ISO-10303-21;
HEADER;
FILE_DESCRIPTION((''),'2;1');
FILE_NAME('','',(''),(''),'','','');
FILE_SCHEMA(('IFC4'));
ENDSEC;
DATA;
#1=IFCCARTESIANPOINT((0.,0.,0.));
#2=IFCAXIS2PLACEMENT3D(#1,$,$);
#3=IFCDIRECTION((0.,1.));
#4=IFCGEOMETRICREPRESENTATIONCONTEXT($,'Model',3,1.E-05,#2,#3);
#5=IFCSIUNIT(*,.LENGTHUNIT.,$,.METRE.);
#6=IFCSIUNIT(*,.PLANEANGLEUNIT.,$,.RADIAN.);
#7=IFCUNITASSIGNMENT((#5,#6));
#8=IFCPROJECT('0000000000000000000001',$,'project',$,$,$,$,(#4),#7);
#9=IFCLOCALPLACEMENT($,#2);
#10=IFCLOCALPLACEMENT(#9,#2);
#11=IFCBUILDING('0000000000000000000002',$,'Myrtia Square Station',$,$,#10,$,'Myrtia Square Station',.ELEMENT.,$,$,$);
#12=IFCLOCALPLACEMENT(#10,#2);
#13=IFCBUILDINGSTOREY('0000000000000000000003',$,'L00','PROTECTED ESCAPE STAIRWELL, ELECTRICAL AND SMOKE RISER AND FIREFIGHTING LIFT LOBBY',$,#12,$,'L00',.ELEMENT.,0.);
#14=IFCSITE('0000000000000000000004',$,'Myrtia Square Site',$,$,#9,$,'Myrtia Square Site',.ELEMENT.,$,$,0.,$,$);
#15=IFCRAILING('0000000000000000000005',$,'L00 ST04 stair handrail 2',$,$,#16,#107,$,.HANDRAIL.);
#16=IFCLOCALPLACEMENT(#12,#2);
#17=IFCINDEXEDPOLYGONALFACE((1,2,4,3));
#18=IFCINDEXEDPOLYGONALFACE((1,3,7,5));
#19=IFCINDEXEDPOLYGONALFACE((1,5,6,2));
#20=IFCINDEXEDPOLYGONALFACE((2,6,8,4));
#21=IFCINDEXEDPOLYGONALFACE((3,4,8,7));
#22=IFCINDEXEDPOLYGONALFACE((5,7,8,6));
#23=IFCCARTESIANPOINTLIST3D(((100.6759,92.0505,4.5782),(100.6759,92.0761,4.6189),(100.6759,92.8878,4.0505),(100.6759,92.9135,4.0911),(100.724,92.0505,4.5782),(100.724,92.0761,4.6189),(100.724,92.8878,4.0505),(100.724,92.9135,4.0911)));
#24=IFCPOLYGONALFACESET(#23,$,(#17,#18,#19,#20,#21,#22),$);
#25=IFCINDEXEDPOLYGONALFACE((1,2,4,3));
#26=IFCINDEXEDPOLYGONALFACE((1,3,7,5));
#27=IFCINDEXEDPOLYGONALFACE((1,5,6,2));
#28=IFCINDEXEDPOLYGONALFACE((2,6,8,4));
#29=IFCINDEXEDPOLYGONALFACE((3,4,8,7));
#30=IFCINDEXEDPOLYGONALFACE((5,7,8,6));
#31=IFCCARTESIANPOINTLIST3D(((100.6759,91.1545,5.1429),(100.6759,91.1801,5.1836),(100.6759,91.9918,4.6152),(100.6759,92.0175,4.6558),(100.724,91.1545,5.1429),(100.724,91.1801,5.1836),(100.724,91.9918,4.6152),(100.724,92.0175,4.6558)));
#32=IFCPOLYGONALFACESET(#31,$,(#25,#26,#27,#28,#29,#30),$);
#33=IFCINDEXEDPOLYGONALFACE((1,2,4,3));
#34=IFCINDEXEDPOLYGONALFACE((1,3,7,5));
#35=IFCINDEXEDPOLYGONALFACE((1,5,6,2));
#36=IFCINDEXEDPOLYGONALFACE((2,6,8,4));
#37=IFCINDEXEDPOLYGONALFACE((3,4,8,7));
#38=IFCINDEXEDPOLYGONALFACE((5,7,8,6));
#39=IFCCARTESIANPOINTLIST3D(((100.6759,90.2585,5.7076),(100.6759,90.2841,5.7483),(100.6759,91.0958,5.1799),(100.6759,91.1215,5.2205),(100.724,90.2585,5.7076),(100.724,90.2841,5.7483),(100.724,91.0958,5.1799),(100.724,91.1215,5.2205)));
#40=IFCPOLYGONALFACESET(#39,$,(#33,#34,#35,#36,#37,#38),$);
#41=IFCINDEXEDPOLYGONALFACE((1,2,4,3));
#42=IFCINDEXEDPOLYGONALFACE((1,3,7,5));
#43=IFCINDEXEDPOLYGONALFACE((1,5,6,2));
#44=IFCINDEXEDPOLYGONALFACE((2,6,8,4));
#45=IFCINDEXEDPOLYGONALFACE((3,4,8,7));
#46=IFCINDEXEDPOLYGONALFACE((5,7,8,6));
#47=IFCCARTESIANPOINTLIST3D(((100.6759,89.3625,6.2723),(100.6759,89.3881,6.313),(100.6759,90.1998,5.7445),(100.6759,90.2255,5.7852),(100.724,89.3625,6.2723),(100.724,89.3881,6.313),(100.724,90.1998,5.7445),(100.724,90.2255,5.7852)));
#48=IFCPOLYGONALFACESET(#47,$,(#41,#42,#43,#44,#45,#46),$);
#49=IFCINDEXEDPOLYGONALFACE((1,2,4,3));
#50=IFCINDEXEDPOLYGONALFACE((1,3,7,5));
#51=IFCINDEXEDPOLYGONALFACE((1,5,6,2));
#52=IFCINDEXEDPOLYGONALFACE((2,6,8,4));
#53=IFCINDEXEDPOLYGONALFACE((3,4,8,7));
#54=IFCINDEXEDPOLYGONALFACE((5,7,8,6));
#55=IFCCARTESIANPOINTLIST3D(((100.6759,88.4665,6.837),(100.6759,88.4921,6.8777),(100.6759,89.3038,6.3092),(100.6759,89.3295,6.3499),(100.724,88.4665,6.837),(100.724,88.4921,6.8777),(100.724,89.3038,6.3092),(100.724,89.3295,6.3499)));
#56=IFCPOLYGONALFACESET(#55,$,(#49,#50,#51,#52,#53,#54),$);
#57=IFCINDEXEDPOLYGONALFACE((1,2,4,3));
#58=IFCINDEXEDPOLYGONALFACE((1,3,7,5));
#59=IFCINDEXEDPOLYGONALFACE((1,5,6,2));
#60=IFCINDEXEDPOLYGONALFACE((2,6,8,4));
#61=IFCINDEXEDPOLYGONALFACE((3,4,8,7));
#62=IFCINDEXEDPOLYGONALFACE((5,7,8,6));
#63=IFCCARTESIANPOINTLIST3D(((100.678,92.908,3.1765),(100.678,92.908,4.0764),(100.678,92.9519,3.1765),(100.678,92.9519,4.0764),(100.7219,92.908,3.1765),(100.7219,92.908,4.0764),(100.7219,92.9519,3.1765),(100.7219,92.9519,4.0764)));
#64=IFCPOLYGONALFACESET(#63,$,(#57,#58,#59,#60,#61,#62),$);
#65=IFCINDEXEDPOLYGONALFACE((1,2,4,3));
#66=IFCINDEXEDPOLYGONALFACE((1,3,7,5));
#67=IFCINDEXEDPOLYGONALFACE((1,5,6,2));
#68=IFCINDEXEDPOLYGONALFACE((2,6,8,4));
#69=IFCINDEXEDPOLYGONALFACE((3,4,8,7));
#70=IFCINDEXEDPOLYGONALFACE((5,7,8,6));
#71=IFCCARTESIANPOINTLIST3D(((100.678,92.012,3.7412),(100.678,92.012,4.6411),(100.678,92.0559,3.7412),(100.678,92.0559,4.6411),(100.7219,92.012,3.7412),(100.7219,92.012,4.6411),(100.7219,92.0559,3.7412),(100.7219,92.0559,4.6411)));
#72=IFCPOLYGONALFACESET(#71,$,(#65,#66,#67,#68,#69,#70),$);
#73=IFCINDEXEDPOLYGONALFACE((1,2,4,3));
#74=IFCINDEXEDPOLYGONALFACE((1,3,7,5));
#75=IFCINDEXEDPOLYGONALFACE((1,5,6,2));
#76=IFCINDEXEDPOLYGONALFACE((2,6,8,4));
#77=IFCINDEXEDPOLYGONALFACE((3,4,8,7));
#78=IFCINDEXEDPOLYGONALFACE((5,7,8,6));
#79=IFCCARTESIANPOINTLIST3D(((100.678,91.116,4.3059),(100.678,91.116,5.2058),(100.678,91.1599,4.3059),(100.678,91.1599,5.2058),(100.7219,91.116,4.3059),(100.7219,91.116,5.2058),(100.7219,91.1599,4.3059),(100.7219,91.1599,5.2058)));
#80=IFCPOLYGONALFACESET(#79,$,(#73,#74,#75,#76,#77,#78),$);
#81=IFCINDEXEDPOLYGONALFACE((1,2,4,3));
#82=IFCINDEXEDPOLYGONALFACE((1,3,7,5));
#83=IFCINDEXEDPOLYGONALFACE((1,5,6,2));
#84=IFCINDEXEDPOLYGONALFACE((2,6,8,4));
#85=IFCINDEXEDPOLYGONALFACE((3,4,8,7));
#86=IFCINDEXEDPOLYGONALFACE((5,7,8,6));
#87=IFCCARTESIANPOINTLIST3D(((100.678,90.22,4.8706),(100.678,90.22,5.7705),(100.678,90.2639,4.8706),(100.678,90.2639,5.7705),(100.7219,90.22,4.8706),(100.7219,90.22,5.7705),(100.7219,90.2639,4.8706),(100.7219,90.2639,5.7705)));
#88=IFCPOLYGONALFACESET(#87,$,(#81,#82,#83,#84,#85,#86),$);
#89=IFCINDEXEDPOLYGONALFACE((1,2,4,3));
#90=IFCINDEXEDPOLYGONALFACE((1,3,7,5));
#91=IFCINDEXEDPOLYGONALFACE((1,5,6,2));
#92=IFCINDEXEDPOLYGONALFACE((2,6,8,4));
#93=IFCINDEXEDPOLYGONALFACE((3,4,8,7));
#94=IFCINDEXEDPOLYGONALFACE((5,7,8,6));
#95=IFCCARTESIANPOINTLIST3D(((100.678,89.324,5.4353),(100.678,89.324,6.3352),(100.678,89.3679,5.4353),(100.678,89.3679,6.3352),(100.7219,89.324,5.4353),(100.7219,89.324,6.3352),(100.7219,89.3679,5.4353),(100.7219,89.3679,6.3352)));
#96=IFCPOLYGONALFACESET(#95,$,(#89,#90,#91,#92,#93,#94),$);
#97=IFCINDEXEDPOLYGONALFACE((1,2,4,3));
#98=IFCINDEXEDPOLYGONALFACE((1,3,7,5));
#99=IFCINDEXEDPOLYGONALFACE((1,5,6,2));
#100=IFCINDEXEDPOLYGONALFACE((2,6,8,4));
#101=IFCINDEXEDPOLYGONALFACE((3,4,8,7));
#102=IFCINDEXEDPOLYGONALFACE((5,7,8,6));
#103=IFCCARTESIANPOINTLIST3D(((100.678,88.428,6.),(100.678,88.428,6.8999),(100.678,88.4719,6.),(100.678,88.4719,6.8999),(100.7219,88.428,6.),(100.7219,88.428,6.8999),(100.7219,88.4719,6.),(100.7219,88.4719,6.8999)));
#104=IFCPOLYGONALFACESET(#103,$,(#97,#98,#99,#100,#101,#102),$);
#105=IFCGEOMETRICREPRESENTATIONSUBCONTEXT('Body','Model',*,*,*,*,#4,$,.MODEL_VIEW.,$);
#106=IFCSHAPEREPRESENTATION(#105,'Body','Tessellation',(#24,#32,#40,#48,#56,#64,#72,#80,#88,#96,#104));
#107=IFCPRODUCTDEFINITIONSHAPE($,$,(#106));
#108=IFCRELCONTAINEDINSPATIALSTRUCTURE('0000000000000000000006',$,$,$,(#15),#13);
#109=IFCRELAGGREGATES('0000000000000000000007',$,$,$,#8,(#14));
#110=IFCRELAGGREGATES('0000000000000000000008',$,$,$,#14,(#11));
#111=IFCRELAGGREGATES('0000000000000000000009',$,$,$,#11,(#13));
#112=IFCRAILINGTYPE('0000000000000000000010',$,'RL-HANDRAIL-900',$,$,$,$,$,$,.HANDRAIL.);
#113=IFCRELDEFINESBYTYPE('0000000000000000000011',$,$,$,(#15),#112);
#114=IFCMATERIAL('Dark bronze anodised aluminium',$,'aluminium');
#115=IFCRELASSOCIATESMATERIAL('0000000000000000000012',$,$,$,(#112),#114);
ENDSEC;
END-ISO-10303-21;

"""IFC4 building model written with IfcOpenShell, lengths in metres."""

from ifc_helpers import new_model, si_unit, direction, frame, origin, origin_2d, place, context, subcontext, project, spatial, rectangle, extrude, material, type_object, element, save


model = new_model("IFC4")

# Units and contexts
model_context = context("Model", 3, precision=1e-05, world=origin(), true_north=direction((0.0, 1.0)))
body_context = subcontext(model_context, "Body", "Model", "MODEL_VIEW")
ifc_project = project(units=[si_unit("LENGTHUNIT", "METRE"), si_unit("PLANEANGLEUNIT", "RADIAN")], contexts=[model_context])

# Site, building, storey
site_placement = place(None, origin())
site = spatial("IfcSite", under=ifc_project, at=site_placement, Name="Myrtia Square Site", LongName="Myrtia Square Site", CompositionType="ELEMENT", RefElevation=0.0)
building_placement = place(site_placement, origin())
building = spatial("IfcBuilding", under=site, at=building_placement, Name="Myrtia Square Station", LongName="Myrtia Square Station", CompositionType="ELEMENT")
storey_placement = place(building_placement, origin())
storey = spatial("IfcBuildingStorey", under=building, at=storey_placement, Name="L00", Description="PROTECTED ESCAPE STAIRWELL, ELECTRICAL AND SMOKE RISER AND FIREFIGHTING LIFT LOBBY", LongName="L00", CompositionType="ELEMENT", Elevation=0.0)

# Shared definitions
ifc_material_1 = material(Name="Dark bronze anodised aluminium", Category="aluminium")

# Railing
railing_type_1 = type_object("IfcRailingType", Name="RL-HANDRAIL-900", PredefinedType="HANDRAIL", material=ifc_material_1)
railing_1_placement = place(storey_placement, frame((100.7, 92.9299, 3.1765)))
element("IfcRailing", 1, at=railing_1_placement, inside=storey, type_object=railing_type_1, Name="L00 ST04 stair handrail 2", PredefinedType="HANDRAIL", context=body_context, shape_type="SweptSolid", body=[
    extrude(rectangle(XDim=0.0481, YDim=0.0481, at=origin_2d()), frame((0.0, -0.0293, 0.8943), z_axis=(0.0, -0.845998, 0.533186), x_axis=(1.0, 0.0, 0.0)), (0.0, 0.0, 1.0), 0.9897),
    extrude(rectangle(XDim=0.0481, YDim=0.0481, at=origin_2d()), frame((0.0, -0.9253, 1.459), z_axis=(0.0, -0.845998, 0.533186), x_axis=(1.0, 0.0, 0.0)), (0.0, 0.0, 1.0), 0.9897),
    extrude(rectangle(XDim=0.0481, YDim=0.0481, at=origin_2d()), frame((0.0, -1.8213, 2.0237), z_axis=(0.0, -0.845998, 0.533186), x_axis=(1.0, 0.0, 0.0)), (0.0, 0.0, 1.0), 0.9897),
    extrude(rectangle(XDim=0.0481, YDim=0.0481, at=origin_2d()), frame((0.0, -2.7173, 2.5884), z_axis=(0.0, -0.845998, 0.533186), x_axis=(1.0, 0.0, 0.0)), (0.0, 0.0, 1.0), 0.9897),
    extrude(rectangle(XDim=0.0481, YDim=0.0481, at=origin_2d()), frame((0.0, -3.6133, 3.1531), z_axis=(0.0, -0.845998, 0.533186), x_axis=(1.0, 0.0, 0.0)), (0.0, 0.0, 1.0), 0.9897),
    extrude(rectangle(XDim=0.0439, YDim=0.0439, at=origin_2d()), origin(), (0.0, 0.0, 1.0), 0.8999),
    extrude(rectangle(XDim=0.0439, YDim=0.0439, at=origin_2d()), frame((0.0, -0.896, 0.5647)), (0.0, 0.0, 1.0), 0.8999),
    extrude(rectangle(XDim=0.0439, YDim=0.0439, at=origin_2d()), frame((0.0, -1.792, 1.1294)), (0.0, 0.0, 1.0), 0.8999),
    extrude(rectangle(XDim=0.0439, YDim=0.0439, at=origin_2d()), frame((0.0, -2.688, 1.6941)), (0.0, 0.0, 1.0), 0.8999),
    extrude(rectangle(XDim=0.0439, YDim=0.0439, at=origin_2d()), frame((0.0, -3.584, 2.2588)), (0.0, 0.0, 1.0), 0.8999),
    extrude(rectangle(XDim=0.0439, YDim=0.0439, at=origin_2d()), frame((0.0, -4.48, 2.8235)), (0.0, 0.0, 1.0), 0.8999),
])

save(model, "model.ifc")
